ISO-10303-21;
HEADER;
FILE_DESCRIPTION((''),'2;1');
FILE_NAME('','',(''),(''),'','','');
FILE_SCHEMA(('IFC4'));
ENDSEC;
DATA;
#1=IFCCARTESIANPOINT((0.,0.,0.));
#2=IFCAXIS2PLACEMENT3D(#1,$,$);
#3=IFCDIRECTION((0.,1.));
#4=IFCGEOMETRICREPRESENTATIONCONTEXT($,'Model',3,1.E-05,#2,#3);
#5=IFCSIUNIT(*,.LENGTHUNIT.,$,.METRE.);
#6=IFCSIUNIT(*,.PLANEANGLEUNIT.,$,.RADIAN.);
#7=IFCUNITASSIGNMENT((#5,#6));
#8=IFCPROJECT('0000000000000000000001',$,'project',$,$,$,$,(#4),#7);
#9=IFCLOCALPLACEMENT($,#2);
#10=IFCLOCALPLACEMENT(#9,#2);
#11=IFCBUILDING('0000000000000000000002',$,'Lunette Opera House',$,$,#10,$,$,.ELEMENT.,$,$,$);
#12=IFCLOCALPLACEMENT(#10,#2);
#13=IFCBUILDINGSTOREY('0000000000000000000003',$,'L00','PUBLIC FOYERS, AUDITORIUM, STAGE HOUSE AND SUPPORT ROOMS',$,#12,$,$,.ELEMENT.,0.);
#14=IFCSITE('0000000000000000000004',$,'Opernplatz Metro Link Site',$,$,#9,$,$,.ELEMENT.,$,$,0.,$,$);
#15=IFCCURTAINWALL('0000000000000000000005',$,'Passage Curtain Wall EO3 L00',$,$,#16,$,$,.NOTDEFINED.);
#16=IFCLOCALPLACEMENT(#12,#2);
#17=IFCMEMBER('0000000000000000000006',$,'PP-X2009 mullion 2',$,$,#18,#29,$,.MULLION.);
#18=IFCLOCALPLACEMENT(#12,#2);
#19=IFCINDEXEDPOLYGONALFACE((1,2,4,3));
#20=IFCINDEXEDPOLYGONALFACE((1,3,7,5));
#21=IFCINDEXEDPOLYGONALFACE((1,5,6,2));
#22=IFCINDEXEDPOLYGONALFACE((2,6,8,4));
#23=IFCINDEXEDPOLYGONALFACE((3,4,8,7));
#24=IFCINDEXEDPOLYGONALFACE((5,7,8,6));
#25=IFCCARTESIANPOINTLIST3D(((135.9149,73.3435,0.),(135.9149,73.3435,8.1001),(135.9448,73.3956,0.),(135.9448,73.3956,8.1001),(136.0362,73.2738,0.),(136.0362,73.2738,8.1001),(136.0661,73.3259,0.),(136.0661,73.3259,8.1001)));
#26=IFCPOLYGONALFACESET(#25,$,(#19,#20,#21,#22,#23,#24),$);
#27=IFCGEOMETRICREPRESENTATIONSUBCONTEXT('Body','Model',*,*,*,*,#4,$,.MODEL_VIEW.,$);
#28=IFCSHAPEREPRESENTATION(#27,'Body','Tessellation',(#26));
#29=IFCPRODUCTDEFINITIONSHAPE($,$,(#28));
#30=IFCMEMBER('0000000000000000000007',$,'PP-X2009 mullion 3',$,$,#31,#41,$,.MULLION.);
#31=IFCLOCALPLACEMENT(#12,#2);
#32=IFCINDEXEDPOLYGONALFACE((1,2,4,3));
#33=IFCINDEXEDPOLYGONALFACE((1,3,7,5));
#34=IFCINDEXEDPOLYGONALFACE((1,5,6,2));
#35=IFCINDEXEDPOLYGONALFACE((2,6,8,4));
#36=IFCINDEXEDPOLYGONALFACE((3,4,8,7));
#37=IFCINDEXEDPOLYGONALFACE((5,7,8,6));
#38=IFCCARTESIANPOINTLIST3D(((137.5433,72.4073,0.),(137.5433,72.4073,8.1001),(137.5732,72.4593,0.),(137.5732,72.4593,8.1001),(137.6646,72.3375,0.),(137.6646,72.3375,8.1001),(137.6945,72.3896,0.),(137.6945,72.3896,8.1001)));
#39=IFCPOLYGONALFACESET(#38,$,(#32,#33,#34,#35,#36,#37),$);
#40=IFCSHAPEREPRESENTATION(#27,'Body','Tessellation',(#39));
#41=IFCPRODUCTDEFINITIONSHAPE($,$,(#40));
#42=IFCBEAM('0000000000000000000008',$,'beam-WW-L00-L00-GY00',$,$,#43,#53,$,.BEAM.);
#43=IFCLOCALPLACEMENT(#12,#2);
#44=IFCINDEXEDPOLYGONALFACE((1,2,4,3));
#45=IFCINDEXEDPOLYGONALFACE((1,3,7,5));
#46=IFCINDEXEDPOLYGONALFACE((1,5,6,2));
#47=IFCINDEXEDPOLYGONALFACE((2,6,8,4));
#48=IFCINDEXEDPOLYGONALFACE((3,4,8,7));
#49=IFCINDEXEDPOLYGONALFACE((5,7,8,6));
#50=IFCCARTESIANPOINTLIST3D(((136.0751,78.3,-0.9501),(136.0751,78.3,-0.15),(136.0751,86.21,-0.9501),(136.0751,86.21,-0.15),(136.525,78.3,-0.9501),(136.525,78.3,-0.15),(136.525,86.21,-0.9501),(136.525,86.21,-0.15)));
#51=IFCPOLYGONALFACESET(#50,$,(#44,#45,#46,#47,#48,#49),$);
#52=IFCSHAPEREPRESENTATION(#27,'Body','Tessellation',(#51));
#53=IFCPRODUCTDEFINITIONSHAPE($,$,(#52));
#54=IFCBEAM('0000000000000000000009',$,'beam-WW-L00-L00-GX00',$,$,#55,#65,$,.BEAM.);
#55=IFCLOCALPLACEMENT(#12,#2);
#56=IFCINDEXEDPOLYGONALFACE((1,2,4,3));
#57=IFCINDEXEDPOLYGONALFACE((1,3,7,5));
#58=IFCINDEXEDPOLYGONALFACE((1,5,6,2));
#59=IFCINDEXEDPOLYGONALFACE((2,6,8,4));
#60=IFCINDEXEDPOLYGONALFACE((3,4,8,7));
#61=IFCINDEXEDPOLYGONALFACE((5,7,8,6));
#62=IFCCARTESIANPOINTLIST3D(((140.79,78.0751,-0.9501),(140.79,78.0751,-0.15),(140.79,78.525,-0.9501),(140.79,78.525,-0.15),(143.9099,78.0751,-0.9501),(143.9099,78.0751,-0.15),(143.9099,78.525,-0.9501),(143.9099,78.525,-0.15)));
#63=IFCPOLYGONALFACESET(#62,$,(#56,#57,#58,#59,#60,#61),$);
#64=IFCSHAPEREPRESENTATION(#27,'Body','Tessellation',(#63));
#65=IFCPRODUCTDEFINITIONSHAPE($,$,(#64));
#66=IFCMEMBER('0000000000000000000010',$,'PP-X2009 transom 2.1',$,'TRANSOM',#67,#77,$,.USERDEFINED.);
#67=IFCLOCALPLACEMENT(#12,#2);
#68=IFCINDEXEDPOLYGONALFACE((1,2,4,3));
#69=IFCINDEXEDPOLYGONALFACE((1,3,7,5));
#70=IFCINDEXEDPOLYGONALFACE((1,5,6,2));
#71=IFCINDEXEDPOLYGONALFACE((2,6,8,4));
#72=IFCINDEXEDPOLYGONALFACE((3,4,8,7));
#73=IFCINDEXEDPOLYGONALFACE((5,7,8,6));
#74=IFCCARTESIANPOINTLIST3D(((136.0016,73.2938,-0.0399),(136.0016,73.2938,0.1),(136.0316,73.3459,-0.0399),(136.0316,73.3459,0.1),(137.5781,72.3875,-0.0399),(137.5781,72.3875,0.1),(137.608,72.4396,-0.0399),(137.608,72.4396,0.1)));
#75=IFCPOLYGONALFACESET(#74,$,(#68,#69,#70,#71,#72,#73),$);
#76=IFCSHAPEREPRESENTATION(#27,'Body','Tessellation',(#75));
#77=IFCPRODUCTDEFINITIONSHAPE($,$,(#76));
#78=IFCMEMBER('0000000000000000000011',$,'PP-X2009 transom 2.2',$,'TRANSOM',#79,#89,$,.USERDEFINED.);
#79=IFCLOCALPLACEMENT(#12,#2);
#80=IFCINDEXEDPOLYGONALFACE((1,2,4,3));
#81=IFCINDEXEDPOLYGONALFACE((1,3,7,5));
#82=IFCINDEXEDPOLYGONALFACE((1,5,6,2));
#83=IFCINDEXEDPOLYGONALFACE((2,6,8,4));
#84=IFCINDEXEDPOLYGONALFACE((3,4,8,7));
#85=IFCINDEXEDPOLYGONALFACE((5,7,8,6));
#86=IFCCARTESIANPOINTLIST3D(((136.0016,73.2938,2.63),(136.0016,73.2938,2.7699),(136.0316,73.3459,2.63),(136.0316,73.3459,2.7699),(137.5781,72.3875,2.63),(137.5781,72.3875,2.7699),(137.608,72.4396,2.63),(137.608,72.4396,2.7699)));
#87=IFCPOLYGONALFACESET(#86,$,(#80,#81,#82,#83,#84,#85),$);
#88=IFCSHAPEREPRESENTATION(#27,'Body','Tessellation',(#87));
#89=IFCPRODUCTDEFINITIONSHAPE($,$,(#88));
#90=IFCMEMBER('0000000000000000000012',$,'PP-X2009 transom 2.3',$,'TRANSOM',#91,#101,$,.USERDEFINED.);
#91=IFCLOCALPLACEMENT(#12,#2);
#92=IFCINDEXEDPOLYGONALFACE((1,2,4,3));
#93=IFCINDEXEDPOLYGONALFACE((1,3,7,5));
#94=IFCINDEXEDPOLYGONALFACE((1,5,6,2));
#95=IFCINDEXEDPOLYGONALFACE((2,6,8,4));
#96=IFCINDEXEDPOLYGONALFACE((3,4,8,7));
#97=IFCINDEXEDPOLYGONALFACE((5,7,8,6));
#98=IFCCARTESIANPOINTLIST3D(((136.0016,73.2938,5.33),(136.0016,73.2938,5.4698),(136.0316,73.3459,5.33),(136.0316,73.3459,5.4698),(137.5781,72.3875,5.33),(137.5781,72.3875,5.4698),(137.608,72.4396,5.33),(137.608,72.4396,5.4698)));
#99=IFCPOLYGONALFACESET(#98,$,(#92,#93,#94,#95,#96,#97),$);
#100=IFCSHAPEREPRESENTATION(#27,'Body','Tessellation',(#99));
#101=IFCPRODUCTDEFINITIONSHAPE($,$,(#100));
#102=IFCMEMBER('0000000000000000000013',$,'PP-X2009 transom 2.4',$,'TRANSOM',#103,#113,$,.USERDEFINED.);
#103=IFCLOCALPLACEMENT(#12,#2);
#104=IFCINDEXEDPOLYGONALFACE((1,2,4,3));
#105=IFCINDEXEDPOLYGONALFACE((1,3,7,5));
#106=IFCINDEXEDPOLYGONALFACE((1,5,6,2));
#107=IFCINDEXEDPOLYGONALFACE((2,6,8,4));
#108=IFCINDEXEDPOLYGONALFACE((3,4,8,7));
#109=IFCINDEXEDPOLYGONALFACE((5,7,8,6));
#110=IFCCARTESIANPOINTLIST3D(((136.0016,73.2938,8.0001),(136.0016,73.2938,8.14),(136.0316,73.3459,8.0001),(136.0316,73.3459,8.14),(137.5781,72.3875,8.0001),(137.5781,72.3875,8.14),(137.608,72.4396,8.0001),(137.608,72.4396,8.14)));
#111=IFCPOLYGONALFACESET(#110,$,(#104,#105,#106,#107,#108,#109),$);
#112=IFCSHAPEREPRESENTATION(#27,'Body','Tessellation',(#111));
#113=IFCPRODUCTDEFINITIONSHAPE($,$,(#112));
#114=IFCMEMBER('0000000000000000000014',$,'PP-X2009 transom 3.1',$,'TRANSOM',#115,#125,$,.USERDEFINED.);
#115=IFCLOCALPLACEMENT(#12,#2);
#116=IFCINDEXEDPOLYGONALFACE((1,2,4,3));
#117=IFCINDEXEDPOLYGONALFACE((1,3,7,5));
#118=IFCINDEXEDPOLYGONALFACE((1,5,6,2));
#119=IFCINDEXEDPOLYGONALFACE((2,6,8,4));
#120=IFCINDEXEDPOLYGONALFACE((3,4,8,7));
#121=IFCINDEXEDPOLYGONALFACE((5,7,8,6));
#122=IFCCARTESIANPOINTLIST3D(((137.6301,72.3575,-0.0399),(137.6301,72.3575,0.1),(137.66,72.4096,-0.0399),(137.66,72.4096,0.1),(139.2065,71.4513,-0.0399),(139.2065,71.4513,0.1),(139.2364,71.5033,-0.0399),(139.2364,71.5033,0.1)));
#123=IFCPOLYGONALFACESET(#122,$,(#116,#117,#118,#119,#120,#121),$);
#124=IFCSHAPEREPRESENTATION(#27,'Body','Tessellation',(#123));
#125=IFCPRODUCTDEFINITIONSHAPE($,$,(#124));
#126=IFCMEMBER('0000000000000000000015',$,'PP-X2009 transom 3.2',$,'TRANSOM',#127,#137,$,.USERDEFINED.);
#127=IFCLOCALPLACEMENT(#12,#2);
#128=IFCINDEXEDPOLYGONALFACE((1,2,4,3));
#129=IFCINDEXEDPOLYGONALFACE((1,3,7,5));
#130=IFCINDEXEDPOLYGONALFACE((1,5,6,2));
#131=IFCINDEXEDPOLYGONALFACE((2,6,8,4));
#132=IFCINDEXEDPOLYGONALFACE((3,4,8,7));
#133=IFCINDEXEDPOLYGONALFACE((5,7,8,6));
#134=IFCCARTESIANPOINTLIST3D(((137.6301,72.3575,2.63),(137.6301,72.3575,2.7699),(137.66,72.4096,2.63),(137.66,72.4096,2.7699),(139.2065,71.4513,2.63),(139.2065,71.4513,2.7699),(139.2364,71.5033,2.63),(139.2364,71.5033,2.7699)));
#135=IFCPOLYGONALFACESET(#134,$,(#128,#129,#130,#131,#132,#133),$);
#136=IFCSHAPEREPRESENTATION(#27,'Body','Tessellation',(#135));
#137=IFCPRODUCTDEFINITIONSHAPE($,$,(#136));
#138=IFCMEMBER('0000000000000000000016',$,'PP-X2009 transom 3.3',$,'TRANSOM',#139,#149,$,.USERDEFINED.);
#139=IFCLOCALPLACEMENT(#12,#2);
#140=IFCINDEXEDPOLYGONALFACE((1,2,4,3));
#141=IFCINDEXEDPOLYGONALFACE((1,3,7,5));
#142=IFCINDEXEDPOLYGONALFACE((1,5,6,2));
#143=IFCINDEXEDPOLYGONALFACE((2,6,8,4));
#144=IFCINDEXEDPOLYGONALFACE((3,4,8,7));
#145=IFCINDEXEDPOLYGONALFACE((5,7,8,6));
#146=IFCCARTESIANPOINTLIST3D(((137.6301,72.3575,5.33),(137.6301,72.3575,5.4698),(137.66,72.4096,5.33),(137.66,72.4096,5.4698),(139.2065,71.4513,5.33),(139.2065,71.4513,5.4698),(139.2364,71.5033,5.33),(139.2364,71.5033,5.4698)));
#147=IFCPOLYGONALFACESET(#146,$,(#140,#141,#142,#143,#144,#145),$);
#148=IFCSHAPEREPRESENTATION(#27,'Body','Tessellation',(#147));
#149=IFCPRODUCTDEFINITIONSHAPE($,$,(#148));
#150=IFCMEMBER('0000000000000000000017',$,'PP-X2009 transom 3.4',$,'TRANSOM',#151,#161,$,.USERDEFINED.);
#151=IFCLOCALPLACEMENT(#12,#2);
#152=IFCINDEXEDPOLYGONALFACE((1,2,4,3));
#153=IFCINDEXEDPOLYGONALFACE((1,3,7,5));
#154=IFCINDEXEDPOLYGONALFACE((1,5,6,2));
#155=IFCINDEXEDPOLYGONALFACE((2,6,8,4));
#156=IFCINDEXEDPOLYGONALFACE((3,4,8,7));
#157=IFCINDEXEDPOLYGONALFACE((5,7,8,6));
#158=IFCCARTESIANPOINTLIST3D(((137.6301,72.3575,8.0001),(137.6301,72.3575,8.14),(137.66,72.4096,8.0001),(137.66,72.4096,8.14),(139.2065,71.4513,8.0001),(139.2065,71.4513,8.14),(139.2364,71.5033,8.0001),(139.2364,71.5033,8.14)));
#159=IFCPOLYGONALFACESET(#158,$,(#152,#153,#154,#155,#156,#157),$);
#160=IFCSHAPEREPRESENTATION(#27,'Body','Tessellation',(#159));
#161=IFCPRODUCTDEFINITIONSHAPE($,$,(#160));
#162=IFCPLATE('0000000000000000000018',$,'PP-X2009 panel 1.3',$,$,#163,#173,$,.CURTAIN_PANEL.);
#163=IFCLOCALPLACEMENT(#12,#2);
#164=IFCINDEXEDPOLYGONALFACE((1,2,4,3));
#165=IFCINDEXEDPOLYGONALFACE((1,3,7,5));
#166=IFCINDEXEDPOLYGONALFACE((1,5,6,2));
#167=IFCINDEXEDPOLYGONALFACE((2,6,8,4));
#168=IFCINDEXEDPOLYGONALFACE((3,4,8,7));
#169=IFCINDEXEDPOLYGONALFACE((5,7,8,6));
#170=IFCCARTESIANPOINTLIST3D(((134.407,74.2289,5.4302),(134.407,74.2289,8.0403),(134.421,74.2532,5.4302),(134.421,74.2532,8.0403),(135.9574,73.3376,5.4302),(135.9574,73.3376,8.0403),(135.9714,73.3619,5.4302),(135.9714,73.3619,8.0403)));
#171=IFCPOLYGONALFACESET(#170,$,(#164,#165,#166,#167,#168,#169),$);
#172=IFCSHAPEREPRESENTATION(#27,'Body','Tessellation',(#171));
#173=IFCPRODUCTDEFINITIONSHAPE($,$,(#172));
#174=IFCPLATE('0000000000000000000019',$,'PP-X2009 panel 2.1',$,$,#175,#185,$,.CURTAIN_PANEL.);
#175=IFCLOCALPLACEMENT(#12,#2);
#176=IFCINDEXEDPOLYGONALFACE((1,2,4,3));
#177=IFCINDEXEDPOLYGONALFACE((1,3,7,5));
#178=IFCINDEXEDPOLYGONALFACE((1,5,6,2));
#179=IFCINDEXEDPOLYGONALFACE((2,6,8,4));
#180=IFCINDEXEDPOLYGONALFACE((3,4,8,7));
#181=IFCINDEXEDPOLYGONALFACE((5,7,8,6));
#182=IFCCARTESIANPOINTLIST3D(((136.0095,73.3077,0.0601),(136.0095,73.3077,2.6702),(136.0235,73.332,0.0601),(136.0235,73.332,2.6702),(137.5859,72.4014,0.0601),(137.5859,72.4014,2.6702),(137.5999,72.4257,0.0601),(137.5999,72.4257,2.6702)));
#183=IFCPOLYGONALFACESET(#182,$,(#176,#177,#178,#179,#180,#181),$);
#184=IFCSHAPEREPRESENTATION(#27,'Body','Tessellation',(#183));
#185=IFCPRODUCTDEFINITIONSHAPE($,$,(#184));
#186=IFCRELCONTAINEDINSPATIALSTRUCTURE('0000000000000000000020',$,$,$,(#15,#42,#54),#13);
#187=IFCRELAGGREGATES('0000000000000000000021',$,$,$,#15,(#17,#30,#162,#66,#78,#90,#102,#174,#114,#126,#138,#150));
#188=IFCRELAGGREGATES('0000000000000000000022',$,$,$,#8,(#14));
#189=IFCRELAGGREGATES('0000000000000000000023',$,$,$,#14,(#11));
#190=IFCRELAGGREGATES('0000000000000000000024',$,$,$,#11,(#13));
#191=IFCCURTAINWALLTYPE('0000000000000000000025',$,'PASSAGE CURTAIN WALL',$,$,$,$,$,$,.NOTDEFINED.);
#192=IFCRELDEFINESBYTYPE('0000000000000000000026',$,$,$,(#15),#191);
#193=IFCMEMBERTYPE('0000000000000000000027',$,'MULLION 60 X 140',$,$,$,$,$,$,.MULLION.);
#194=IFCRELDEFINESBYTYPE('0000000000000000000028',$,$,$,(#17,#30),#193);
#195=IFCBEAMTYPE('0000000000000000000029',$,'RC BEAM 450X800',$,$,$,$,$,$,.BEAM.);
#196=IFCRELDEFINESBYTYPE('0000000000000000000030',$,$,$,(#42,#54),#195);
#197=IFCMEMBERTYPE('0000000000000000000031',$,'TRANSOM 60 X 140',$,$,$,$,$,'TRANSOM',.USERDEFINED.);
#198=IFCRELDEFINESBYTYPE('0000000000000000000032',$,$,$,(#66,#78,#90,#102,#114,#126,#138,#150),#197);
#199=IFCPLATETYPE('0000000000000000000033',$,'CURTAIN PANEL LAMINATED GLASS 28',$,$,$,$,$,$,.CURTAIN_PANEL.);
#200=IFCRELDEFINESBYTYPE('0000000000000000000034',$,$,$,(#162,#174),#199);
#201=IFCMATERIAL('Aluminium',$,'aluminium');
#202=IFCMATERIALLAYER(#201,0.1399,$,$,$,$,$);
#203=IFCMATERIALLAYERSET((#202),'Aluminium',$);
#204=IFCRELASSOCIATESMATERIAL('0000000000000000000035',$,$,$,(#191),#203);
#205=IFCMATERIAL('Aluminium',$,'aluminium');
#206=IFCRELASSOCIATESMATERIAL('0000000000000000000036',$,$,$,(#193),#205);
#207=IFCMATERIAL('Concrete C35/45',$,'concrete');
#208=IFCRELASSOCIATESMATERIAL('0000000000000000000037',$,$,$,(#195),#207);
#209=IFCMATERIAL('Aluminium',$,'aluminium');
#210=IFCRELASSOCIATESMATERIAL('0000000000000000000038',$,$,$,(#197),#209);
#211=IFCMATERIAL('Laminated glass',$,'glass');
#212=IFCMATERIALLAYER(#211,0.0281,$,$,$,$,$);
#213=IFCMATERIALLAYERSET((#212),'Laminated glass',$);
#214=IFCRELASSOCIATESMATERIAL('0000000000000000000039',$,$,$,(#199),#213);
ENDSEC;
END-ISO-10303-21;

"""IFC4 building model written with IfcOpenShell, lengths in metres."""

from ifc_helpers import new_model, si_unit, direction, frame, origin, origin_2d, place, context, subcontext, project, spatial, rectangle, extrude, material, layer, layer_set, material_profile, profile_set, type_object, element, aggregate, save


model = new_model("IFC4")

# Units and contexts
model_context = context("Model", 3, precision=1e-05, world=origin(), true_north=direction((0.0, 1.0)))
body_context = subcontext(model_context, "Body", "Model", "MODEL_VIEW")
ifc_project = project(units=[si_unit("LENGTHUNIT", "METRE"), si_unit("PLANEANGLEUNIT", "RADIAN")], contexts=[model_context])

# Site, building, storey
site_placement = place(None, origin())
site = spatial("IfcSite", under=ifc_project, at=site_placement, Name="Opernplatz Metro Link Site", CompositionType="ELEMENT", RefElevation=0.0)
building_placement = place(site_placement, origin())
building = spatial("IfcBuilding", under=site, at=building_placement, Name="Lunette Opera House", CompositionType="ELEMENT")
storey_placement = place(building_placement, origin())
storey = spatial("IfcBuildingStorey", under=building, at=storey_placement, Name="L00", Description="PUBLIC FOYERS, AUDITORIUM, STAGE HOUSE AND SUPPORT ROOMS", CompositionType="ELEMENT", Elevation=0.0)

# Curtain wall, members
ifc_material_1 = material(Name="Aluminium", Category="aluminium")
ifc_layer_1 = layer(ifc_material_1, 0.1399)
ifc_layer_set_1 = layer_set([ifc_layer_1], Name="Aluminium")
curtain_wall_type = type_object("IfcCurtainWallType", Name="PASSAGE CURTAIN WALL", PredefinedType="NOTDEFINED", material=ifc_layer_set_1)
curtain_wall_placement = place(storey_placement, origin())
curtain_wall = element("IfcCurtainWall", 1, at=curtain_wall_placement, inside=storey, type_object=curtain_wall_type, Name="Passage Curtain Wall EO3 L00", PredefinedType="NOTDEFINED")
ifc_material_2 = material(Name="Aluminium", Category="aluminium")
ifc_material_profile_1 = material_profile(ifc_material_2, rectangle(XDim=0.0601, YDim=0.1399, at=origin_2d()), Name="MULLION 60 X 140")
ifc_profile_set_1 = profile_set([ifc_material_profile_1], Name="Aluminium")
member_type_1 = type_object("IfcMemberType", Name="MULLION 60 X 140", PredefinedType="MULLION", material=ifc_profile_set_1)
member_1_placement = place(storey_placement, frame((135.9905, 73.3347, 0.0), z_axis=(0.0, 0.0, 1.0), x_axis=(0.498416, 0.866938, 0.0)))
member_1 = element("IfcMember", 2, at=member_1_placement, type_object=member_type_1, Name="PP-X2009 mullion 2", PredefinedType="MULLION", context=body_context, shape_type="SweptSolid", body=[
    extrude(rectangle(XDim=0.0601, YDim=0.1399, at=origin_2d()), origin(), (0.0, 0.0, 1.0), 8.1001),
])
member_2_placement = place(storey_placement, frame((137.6189, 72.3984, 0.0), z_axis=(0.0, 0.0, 1.0), x_axis=(0.498416, 0.866938, 0.0)))
member_2 = element("IfcMember", 3, at=member_2_placement, type_object=member_type_1, Name="PP-X2009 mullion 3", PredefinedType="MULLION", context=body_context, shape_type="SweptSolid", body=[
    extrude(rectangle(XDim=0.0601, YDim=0.1399, at=origin_2d()), origin(), (0.0, 0.0, 1.0), 8.1001),
])

# Beams
ifc_material_3 = material(Name="Concrete C35/45", Category="concrete")
ifc_material_profile_2 = material_profile(ifc_material_3, rectangle(XDim=0.45, YDim=0.8, at=origin_2d()), Name="RC BEAM 450X800")
ifc_profile_set_2 = profile_set([ifc_material_profile_2], Name="Concrete C35/45")
beam_type = type_object("IfcBeamType", Name="RC BEAM 450X800", PredefinedType="BEAM", material=ifc_profile_set_2)
beam_1_placement = place(storey_placement, frame((136.3, 78.3, -0.55), z_axis=(0.0, 1.0, 0.0), x_axis=(-1.0, 0.0, 0.0)))
element("IfcBeam", 4, at=beam_1_placement, inside=storey, type_object=beam_type, Name="beam-WW-L00-L00-GY00", PredefinedType="BEAM", context=body_context, shape_type="SweptSolid", body=[
    extrude(rectangle(XDim=0.45, YDim=0.8, at=origin_2d()), origin(), (0.0, 0.0, 1.0), 7.9099),
])
beam_2_placement = place(storey_placement, frame((140.79, 78.3, -0.55), z_axis=(1.0, 0.0, 0.0), x_axis=(0.0, 1.0, 0.0)))
element("IfcBeam", 5, at=beam_2_placement, inside=storey, type_object=beam_type, Name="beam-WW-L00-L00-GX00", PredefinedType="BEAM", context=body_context, shape_type="SweptSolid", body=[
    extrude(rectangle(XDim=0.45, YDim=0.8, at=origin_2d()), origin(), (0.0, 0.0, 1.0), 3.1199),
])

# Members
ifc_material_4 = material(Name="Aluminium", Category="aluminium")
ifc_material_profile_3 = material_profile(ifc_material_4, rectangle(XDim=0.0601, YDim=0.1399, at=origin_2d()), Name="TRANSOM 60 X 140")
ifc_profile_set_3 = profile_set([ifc_material_profile_3], Name="Aluminium")
member_type_2 = type_object("IfcMemberType", Name="TRANSOM 60 X 140", ElementType="TRANSOM", PredefinedType="USERDEFINED", material=ifc_profile_set_3)
member_3_placement = place(storey_placement, frame((136.0166, 73.3198, 0.03), z_axis=(0.866951, -0.498393, 0.0), x_axis=(0.498393, 0.866951, 0.0)))
member_3 = element("IfcMember", 6, at=member_3_placement, type_object=member_type_2, Name="PP-X2009 transom 2.1", ObjectType="TRANSOM", PredefinedType="USERDEFINED", context=body_context, shape_type="SweptSolid", body=[
    extrude(rectangle(XDim=0.0601, YDim=0.1399, at=origin_2d()), origin(), (0.0, 0.0, 1.0), 1.8184),
])
member_4_placement = place(storey_placement, frame((136.0166, 73.3198, 2.7), z_axis=(0.866951, -0.498393, 0.0), x_axis=(0.498393, 0.866951, 0.0)))
member_4 = element("IfcMember", 7, at=member_4_placement, type_object=member_type_2, Name="PP-X2009 transom 2.2", ObjectType="TRANSOM", PredefinedType="USERDEFINED", context=body_context, shape_type="SweptSolid", body=[
    extrude(rectangle(XDim=0.0601, YDim=0.1399, at=origin_2d()), origin(), (0.0, 0.0, 1.0), 1.8184),
])
member_5_placement = place(storey_placement, frame((136.0166, 73.3198, 5.3999), z_axis=(0.866951, -0.498393, 0.0), x_axis=(0.498393, 0.866951, 0.0)))
member_5 = element("IfcMember", 8, at=member_5_placement, type_object=member_type_2, Name="PP-X2009 transom 2.3", ObjectType="TRANSOM", PredefinedType="USERDEFINED", context=body_context, shape_type="SweptSolid", body=[
    extrude(rectangle(XDim=0.0601, YDim=0.1399, at=origin_2d()), origin(), (0.0, 0.0, 1.0), 1.8184),
])
member_6_placement = place(storey_placement, frame((136.0166, 73.3198, 8.0701), z_axis=(0.866951, -0.498393, 0.0), x_axis=(0.498393, 0.866951, 0.0)))
member_6 = element("IfcMember", 9, at=member_6_placement, type_object=member_type_2, Name="PP-X2009 transom 2.4", ObjectType="TRANSOM", PredefinedType="USERDEFINED", context=body_context, shape_type="SweptSolid", body=[
    extrude(rectangle(XDim=0.0601, YDim=0.1399, at=origin_2d()), origin(), (0.0, 0.0, 1.0), 1.8184),
])
member_7_placement = place(storey_placement, frame((137.645, 72.3835, 0.03), z_axis=(0.866951, -0.498393, 0.0), x_axis=(0.498393, 0.866951, 0.0)))
member_7 = element("IfcMember", 10, at=member_7_placement, type_object=member_type_2, Name="PP-X2009 transom 3.1", ObjectType="TRANSOM", PredefinedType="USERDEFINED", context=body_context, shape_type="SweptSolid", body=[
    extrude(rectangle(XDim=0.0601, YDim=0.1399, at=origin_2d()), origin(), (0.0, 0.0, 1.0), 1.8184),
])
member_8_placement = place(storey_placement, frame((137.645, 72.3835, 2.7), z_axis=(0.866951, -0.498393, 0.0), x_axis=(0.498393, 0.866951, 0.0)))
member_8 = element("IfcMember", 11, at=member_8_placement, type_object=member_type_2, Name="PP-X2009 transom 3.2", ObjectType="TRANSOM", PredefinedType="USERDEFINED", context=body_context, shape_type="SweptSolid", body=[
    extrude(rectangle(XDim=0.0601, YDim=0.1399, at=origin_2d()), origin(), (0.0, 0.0, 1.0), 1.8184),
])
member_9_placement = place(storey_placement, frame((137.645, 72.3835, 5.3999), z_axis=(0.866951, -0.498393, 0.0), x_axis=(0.498393, 0.866951, 0.0)))
member_9 = element("IfcMember", 12, at=member_9_placement, type_object=member_type_2, Name="PP-X2009 transom 3.3", ObjectType="TRANSOM", PredefinedType="USERDEFINED", context=body_context, shape_type="SweptSolid", body=[
    extrude(rectangle(XDim=0.0601, YDim=0.1399, at=origin_2d()), origin(), (0.0, 0.0, 1.0), 1.8184),
])
member_10_placement = place(storey_placement, frame((137.645, 72.3835, 8.0701), z_axis=(0.866951, -0.498393, 0.0), x_axis=(0.498393, 0.866951, 0.0)))
member_10 = element("IfcMember", 13, at=member_10_placement, type_object=member_type_2, Name="PP-X2009 transom 3.4", ObjectType="TRANSOM", PredefinedType="USERDEFINED", context=body_context, shape_type="SweptSolid", body=[
    extrude(rectangle(XDim=0.0601, YDim=0.1399, at=origin_2d()), origin(), (0.0, 0.0, 1.0), 1.8184),
])

# Plates
ifc_material_5 = material(Name="Laminated glass", Category="glass")
ifc_layer_2 = layer(ifc_material_5, 0.0281)
ifc_layer_set_2 = layer_set([ifc_layer_2], Name="Laminated glass")
plate_type_1 = type_object("IfcPlateType", Name="CURTAIN PANEL LAMINATED GLASS 28", PredefinedType="CURTAIN_PANEL", material=ifc_layer_set_2)
plate_1_placement = place(storey_placement, frame((135.1892, 73.7954, 5.4302), z_axis=(0.0, 0.0, 1.0), x_axis=(0.866938, -0.498416, 0.0)))
plate_1 = element("IfcPlate", 14, at=plate_1_placement, type_object=plate_type_1, Name="PP-X2009 panel 1.3", PredefinedType="CURTAIN_PANEL", context=body_context, shape_type="SweptSolid", body=[
    extrude(rectangle(XDim=1.7883, YDim=0.0281, at=origin_2d()), origin(), (0.0, 0.0, 1.0), 2.6101),
])
plate_2_placement = place(storey_placement, frame((136.8047, 72.8667, 0.0601), z_axis=(0.0, 0.0, 1.0), x_axis=(0.866938, -0.498416, 0.0)))
plate_2 = element("IfcPlate", 15, at=plate_2_placement, type_object=plate_type_1, Name="PP-X2009 panel 2.1", PredefinedType="CURTAIN_PANEL", context=body_context, shape_type="SweptSolid", body=[
    extrude(rectangle(XDim=1.8184, YDim=0.0281, at=origin_2d()), origin(), (0.0, 0.0, 1.0), 2.6101),
])
aggregate(curtain_wall, [member_1, member_2, plate_1, member_3, member_4, member_5, member_6, plate_2, member_7, member_8, member_9, member_10])

save(model, "model.ifc")
